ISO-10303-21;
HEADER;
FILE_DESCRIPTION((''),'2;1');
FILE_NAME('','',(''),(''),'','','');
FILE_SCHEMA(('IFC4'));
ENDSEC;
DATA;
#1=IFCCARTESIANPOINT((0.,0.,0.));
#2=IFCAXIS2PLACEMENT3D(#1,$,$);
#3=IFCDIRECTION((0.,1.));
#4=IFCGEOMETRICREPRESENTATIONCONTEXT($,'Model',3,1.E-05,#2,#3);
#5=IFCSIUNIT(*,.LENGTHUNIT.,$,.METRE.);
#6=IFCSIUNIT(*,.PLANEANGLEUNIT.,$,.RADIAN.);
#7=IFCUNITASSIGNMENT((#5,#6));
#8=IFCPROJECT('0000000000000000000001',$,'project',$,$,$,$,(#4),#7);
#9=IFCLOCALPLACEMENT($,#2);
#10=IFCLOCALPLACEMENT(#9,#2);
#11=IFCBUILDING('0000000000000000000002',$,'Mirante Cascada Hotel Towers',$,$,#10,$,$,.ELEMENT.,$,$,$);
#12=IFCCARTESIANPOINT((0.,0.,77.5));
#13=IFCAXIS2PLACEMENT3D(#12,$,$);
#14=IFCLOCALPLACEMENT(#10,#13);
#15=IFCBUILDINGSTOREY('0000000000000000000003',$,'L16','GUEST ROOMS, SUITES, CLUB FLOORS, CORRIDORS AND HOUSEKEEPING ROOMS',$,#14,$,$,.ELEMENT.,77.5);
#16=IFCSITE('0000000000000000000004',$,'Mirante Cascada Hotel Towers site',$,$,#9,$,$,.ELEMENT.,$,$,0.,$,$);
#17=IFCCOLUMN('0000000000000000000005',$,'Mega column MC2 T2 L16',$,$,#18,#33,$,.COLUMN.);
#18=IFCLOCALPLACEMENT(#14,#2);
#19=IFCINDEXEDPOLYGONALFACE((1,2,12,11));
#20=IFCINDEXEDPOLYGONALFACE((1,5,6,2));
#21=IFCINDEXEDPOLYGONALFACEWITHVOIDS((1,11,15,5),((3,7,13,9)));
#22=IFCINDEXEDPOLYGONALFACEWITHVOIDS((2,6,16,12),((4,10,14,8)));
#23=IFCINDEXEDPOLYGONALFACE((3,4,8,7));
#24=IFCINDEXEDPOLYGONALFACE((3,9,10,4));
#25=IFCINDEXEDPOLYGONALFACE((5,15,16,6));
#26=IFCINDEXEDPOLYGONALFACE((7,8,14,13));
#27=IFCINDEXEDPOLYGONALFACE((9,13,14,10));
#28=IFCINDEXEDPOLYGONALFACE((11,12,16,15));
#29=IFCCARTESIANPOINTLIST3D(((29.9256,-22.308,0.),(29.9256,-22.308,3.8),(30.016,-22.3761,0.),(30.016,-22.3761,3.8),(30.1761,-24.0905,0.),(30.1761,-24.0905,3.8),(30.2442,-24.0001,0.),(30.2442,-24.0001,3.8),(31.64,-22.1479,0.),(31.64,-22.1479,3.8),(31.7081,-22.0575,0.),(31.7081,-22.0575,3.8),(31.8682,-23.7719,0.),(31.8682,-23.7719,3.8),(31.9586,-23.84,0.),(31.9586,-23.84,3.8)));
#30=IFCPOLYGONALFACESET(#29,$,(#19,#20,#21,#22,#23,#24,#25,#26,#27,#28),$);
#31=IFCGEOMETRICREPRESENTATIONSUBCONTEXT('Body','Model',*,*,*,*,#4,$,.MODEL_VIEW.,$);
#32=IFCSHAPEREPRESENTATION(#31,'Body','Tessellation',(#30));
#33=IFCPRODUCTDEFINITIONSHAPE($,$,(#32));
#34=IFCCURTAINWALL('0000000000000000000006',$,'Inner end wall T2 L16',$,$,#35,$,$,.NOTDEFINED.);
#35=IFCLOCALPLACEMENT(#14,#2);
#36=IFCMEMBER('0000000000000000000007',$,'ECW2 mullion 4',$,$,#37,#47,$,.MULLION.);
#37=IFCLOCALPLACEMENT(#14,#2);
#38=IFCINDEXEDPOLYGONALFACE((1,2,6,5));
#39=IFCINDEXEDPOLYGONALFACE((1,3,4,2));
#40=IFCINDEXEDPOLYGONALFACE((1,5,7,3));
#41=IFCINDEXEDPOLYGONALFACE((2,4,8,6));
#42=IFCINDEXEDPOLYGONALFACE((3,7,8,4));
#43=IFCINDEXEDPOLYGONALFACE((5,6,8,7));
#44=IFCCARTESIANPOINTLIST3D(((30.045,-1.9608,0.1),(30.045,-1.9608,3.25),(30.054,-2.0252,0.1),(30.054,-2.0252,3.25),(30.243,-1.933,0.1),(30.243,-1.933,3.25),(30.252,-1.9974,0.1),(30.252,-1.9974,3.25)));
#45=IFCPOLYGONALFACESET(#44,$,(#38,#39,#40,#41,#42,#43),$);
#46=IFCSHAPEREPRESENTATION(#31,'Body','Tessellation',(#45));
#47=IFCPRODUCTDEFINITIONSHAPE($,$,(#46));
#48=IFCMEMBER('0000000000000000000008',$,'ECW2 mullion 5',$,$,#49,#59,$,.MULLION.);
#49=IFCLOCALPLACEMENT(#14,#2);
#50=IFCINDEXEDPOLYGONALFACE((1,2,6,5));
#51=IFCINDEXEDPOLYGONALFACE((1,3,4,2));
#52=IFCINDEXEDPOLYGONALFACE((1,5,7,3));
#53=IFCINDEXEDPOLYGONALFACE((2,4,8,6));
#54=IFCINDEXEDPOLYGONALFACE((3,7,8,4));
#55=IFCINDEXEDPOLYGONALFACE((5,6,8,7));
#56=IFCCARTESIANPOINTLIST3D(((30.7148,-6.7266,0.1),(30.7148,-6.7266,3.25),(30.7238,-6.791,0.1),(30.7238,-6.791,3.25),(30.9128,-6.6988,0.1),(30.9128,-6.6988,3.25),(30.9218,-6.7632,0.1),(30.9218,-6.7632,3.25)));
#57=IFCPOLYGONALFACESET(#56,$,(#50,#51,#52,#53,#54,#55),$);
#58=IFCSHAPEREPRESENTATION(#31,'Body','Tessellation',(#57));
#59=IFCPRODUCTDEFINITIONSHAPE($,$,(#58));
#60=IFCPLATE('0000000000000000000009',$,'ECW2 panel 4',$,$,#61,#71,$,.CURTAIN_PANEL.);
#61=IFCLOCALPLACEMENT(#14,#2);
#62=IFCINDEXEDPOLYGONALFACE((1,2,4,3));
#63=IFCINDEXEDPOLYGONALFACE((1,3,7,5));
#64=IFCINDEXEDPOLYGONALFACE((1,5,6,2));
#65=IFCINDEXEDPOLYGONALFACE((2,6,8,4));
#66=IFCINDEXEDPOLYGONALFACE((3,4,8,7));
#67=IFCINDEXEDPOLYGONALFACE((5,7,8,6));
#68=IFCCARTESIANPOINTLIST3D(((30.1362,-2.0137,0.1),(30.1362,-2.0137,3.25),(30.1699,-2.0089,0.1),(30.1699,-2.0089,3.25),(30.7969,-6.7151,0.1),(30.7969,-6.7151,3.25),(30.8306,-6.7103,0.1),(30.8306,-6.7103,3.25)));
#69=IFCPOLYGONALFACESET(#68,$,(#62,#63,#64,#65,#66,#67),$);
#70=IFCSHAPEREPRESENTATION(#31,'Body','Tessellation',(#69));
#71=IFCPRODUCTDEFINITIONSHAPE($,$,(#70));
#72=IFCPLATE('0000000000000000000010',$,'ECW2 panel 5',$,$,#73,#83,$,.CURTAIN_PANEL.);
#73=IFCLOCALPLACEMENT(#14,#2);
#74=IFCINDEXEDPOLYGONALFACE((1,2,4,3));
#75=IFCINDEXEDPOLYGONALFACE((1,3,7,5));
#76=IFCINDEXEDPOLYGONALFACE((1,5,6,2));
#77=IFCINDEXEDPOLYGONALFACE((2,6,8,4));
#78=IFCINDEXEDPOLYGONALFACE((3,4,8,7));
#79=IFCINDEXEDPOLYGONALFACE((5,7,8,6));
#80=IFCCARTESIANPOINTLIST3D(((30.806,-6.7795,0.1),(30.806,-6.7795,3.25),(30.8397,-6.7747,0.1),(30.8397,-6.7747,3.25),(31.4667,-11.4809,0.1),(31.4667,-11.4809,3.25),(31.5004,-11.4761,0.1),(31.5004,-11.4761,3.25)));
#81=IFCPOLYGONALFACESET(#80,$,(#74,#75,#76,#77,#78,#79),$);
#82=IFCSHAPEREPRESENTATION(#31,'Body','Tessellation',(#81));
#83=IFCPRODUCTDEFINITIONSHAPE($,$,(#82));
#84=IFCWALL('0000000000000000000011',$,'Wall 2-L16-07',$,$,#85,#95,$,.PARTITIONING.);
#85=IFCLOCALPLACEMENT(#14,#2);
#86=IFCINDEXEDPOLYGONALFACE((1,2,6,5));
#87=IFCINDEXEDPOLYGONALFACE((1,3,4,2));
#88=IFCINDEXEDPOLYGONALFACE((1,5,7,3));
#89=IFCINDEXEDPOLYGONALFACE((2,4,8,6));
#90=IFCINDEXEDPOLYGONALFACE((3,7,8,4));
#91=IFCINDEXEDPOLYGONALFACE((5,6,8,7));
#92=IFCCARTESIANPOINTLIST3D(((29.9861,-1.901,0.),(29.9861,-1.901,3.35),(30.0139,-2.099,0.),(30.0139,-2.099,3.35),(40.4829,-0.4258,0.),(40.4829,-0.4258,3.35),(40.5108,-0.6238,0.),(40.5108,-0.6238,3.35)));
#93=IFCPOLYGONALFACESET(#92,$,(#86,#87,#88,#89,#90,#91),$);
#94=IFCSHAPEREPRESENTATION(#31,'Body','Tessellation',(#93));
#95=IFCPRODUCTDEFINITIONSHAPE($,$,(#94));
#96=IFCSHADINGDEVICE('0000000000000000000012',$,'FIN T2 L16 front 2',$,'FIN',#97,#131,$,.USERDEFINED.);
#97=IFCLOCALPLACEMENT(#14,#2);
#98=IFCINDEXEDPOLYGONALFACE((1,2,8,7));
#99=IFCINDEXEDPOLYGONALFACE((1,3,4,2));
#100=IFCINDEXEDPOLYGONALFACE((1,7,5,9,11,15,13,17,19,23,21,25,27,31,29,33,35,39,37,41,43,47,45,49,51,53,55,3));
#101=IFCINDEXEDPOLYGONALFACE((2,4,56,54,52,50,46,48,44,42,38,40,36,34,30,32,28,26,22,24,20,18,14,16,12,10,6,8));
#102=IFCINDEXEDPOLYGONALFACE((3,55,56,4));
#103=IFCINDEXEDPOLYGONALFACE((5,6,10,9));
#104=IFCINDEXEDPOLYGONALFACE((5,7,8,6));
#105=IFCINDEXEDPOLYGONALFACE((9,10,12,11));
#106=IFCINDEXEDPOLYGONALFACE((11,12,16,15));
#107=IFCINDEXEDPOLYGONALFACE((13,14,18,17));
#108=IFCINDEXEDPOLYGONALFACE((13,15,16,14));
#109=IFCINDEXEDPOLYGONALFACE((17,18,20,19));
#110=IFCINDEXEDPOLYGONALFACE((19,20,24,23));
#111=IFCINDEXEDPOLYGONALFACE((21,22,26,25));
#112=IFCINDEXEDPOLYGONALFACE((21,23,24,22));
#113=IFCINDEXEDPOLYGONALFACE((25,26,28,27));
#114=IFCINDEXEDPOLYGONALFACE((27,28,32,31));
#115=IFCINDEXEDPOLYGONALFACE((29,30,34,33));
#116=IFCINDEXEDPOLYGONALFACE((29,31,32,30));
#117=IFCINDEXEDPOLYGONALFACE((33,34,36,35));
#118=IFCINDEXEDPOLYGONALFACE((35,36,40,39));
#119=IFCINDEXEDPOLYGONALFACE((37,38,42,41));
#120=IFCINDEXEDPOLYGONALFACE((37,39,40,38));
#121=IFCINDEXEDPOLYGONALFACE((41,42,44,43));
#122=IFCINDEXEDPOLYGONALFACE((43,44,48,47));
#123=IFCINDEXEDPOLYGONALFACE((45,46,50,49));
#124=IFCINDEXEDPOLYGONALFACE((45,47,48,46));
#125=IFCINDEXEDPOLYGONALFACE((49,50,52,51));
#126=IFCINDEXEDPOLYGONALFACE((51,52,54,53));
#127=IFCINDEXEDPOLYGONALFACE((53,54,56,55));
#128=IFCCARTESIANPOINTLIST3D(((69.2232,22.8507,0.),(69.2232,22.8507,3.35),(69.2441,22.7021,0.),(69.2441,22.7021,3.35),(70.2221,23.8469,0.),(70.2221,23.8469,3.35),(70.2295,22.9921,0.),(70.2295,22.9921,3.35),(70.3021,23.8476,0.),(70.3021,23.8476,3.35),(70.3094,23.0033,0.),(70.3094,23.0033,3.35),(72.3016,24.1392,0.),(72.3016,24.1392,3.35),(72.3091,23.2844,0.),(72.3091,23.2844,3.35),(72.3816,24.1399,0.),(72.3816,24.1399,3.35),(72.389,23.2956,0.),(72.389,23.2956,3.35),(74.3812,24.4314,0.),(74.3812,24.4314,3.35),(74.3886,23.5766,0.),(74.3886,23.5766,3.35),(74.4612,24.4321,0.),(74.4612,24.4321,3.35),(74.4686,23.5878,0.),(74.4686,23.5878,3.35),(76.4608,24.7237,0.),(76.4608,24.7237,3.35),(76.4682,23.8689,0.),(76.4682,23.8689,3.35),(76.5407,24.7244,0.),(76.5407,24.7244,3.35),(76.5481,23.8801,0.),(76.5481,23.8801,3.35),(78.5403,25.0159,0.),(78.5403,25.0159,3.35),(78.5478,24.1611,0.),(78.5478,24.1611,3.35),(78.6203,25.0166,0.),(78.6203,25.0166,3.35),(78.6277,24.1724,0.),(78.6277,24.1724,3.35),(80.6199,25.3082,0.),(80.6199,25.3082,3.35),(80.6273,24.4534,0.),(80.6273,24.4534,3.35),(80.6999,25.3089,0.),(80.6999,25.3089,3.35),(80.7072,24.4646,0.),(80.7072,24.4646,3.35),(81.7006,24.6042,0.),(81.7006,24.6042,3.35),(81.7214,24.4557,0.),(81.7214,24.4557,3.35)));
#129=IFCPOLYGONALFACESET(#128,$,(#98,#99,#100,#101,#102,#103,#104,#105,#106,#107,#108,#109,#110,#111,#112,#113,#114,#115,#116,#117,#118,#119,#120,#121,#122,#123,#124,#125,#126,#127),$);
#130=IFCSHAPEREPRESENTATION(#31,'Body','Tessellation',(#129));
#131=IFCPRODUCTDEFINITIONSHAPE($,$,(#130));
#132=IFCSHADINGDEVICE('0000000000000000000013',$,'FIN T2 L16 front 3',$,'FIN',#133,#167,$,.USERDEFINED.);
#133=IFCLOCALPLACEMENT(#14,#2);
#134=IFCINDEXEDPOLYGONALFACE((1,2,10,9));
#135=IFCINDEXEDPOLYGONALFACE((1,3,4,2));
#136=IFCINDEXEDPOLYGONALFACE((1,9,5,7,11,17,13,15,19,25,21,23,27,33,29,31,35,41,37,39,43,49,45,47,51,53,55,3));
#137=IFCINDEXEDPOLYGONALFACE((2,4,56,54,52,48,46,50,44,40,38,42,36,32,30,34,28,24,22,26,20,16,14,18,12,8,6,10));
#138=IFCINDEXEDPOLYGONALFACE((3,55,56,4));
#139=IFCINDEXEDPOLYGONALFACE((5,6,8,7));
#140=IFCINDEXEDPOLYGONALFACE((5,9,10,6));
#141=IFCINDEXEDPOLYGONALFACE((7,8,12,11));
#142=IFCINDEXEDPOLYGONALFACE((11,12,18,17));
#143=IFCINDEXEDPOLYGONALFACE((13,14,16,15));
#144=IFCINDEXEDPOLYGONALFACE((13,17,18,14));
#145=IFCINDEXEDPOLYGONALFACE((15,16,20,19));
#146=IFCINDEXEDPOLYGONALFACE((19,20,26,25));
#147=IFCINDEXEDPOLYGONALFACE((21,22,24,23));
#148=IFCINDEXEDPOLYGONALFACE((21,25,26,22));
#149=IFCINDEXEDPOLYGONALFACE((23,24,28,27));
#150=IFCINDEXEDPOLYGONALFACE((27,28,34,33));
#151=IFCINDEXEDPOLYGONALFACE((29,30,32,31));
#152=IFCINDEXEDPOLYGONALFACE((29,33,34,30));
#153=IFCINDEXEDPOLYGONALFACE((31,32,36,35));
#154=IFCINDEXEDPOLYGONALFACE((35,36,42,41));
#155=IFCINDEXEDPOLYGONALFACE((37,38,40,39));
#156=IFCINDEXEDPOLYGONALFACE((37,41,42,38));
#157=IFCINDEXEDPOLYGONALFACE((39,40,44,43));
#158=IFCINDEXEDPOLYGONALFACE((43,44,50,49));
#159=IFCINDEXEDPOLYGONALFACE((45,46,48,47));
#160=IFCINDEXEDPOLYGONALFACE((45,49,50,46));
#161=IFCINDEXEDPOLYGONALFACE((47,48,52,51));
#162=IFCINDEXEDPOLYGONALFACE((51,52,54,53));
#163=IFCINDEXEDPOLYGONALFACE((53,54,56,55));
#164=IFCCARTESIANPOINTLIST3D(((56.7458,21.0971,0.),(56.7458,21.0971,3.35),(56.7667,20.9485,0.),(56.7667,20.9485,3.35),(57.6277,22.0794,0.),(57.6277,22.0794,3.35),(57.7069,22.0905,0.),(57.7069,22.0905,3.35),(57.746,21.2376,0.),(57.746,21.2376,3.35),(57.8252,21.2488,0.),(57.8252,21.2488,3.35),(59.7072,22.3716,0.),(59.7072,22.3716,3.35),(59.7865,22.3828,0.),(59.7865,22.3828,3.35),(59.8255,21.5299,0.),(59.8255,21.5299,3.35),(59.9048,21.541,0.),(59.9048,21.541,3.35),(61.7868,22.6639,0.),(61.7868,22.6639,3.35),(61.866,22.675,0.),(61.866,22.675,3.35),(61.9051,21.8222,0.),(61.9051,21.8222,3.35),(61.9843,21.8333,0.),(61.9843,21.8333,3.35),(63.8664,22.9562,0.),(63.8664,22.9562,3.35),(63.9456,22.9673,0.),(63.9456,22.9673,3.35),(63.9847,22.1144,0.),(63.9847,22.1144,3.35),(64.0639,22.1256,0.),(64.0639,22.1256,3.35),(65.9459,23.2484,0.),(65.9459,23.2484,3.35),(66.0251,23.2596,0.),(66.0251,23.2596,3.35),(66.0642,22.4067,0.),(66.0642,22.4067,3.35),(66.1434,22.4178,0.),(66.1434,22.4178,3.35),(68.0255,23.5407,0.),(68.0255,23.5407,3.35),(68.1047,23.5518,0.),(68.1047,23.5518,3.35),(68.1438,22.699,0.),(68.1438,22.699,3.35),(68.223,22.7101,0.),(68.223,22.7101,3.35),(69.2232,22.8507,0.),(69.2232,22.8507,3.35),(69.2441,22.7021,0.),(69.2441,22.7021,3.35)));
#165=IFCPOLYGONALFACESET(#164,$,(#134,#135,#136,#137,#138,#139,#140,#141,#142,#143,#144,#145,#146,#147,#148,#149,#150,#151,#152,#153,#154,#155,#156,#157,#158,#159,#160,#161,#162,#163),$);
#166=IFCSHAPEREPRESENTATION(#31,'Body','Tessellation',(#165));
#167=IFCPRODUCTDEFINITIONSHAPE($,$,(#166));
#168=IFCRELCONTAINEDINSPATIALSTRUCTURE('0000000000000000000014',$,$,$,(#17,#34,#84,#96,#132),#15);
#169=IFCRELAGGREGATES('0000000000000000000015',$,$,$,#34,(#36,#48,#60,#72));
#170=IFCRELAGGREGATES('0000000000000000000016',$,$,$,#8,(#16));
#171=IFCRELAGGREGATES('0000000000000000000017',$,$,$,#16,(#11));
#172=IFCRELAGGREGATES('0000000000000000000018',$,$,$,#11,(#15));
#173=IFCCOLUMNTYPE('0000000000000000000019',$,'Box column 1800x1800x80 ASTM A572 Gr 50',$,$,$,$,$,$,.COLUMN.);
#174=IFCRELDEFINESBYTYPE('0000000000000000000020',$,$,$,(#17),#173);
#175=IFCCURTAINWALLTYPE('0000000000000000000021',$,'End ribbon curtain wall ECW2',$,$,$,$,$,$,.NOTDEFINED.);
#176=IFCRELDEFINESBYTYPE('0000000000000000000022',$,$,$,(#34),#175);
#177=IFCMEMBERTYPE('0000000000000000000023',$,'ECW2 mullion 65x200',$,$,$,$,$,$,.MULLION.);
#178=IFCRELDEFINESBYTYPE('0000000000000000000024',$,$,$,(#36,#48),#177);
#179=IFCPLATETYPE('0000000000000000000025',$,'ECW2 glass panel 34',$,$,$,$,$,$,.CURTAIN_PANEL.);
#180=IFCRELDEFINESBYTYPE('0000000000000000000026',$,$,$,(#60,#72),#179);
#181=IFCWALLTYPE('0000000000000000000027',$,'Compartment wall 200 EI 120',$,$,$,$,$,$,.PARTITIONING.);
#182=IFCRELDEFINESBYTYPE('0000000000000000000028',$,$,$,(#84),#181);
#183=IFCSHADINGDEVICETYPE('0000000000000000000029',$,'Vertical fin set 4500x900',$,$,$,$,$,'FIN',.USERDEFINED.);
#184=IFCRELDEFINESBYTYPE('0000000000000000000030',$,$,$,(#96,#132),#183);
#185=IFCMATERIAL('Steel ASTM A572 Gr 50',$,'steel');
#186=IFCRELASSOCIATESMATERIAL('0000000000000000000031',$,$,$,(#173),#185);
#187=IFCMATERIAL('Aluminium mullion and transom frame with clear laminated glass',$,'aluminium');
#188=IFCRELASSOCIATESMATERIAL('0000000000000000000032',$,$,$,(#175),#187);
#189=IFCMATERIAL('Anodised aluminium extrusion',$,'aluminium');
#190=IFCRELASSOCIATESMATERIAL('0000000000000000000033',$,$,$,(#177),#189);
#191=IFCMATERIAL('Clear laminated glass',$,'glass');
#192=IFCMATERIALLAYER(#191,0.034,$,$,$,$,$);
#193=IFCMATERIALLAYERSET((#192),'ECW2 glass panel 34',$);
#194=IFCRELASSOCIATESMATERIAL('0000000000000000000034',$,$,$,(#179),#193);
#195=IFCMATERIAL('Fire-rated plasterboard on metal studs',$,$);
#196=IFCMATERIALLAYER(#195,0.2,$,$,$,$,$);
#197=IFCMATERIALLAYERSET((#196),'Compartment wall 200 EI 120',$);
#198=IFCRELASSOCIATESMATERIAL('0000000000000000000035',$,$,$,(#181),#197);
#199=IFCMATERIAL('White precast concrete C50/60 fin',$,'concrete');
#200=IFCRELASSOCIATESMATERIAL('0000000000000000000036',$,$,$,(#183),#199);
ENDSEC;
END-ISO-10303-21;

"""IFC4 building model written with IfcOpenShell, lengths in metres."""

from ifc_helpers import new_model, si_unit, direction, frame, frame_2d, origin, origin_2d, place, context, subcontext, project, spatial, polyline, rectangle, hollow_rectangle, outline, extrude, material, layer, layer_set, material_profile, profile_set, type_object, element, aggregate, save


model = new_model("IFC4")

# Units and contexts
model_context = context("Model", 3, precision=1e-05, world=origin(), true_north=direction((0.0, 1.0)))
body_context = subcontext(model_context, "Body", "Model", "MODEL_VIEW")
ifc_project = project(units=[si_unit("LENGTHUNIT", "METRE"), si_unit("PLANEANGLEUNIT", "RADIAN")], contexts=[model_context])

# Site, building, storey
site_placement = place(None, origin())
site = spatial("IfcSite", under=ifc_project, at=site_placement, Name="Mirante Cascada Hotel Towers site", CompositionType="ELEMENT", RefElevation=0.0)
building_placement = place(site_placement, origin())
building = spatial("IfcBuilding", under=site, at=building_placement, Name="Mirante Cascada Hotel Towers", CompositionType="ELEMENT")
storey_placement = place(building_placement, frame((0.0, 0.0, 77.5)))
storey = spatial("IfcBuildingStorey", under=building, at=storey_placement, Name="L16", Description="GUEST ROOMS, SUITES, CLUB FLOORS, CORRIDORS AND HOUSEKEEPING ROOMS", CompositionType="ELEMENT", Elevation=77.5)

# Column
ifc_material_1 = material(Name="Steel ASTM A572 Gr 50", Category="steel")
ifc_material_profile_1 = material_profile(ifc_material_1, hollow_rectangle(XDim=1.8, YDim=1.8, WallThickness=0.08, at=origin_2d()), Name="Box column 1800x1800x80 ASTM A572 Gr 50")
ifc_profile_set_1 = profile_set([ifc_material_profile_1], Name="Steel ASTM A572 Gr 50")
column_type = type_object("IfcColumnType", Name="Box column 1800x1800x80 ASTM A572 Gr 50", PredefinedType="COLUMN", material=ifc_profile_set_1)
column_placement = place(storey_placement, frame((30.9421, -23.074, 0.0), z_axis=(0.0, 0.0, 1.0), x_axis=(0.990268, 0.139173, 0.0)))
element("IfcColumn", 1, at=column_placement, inside=storey, type_object=column_type, Name="Mega column MC2 T2 L16", PredefinedType="COLUMN", context=body_context, shape_type="SweptSolid", body=[
    extrude(hollow_rectangle(XDim=1.8, YDim=1.8, WallThickness=0.08, at=origin_2d()), origin(), (0.0, 0.0, 1.0), 3.8),
])

# Curtain wall, members, plates
ifc_material_2 = material(Name="Aluminium mullion and transom frame with clear laminated glass", Category="aluminium")
curtain_wall_type = type_object("IfcCurtainWallType", Name="End ribbon curtain wall ECW2", PredefinedType="NOTDEFINED", material=ifc_material_2)
curtain_wall_placement = place(storey_placement, origin())
curtain_wall = element("IfcCurtainWall", 2, at=curtain_wall_placement, inside=storey, type_object=curtain_wall_type, Name="Inner end wall T2 L16", PredefinedType="NOTDEFINED")
ifc_material_3 = material(Name="Anodised aluminium extrusion", Category="aluminium")
ifc_material_profile_2 = material_profile(ifc_material_3, rectangle(XDim=0.2, YDim=0.065, at=origin_2d()), Name="ECW2 MULLION 65x200")
ifc_profile_set_2 = profile_set([ifc_material_profile_2], Name="Anodised aluminium extrusion")
member_type = type_object("IfcMemberType", Name="ECW2 mullion 65x200", PredefinedType="MULLION", material=ifc_profile_set_2)
member_1_placement = place(storey_placement, frame((30.1485, -1.9791, 0.1), z_axis=(0.0, 0.0, 1.0), x_axis=(0.990268, 0.139173, 0.0)))
member_1 = element("IfcMember", 3, at=member_1_placement, type_object=member_type, Name="ECW2 mullion 4", PredefinedType="MULLION", context=body_context, shape_type="SweptSolid", body=[
    extrude(rectangle(XDim=0.2, YDim=0.065, at=origin_2d()), origin(), (0.0, 0.0, 1.0), 3.15),
])
member_2_placement = place(storey_placement, frame((30.8183, -6.7449, 0.1), z_axis=(0.0, 0.0, 1.0), x_axis=(0.990268, 0.139173, 0.0)))
member_2 = element("IfcMember", 4, at=member_2_placement, type_object=member_type, Name="ECW2 mullion 5", PredefinedType="MULLION", context=body_context, shape_type="SweptSolid", body=[
    extrude(rectangle(XDim=0.2, YDim=0.065, at=origin_2d()), origin(), (0.0, 0.0, 1.0), 3.15),
])
ifc_material_4 = material(Name="Clear laminated glass", Category="glass")
ifc_layer_1 = layer(ifc_material_4, 0.034)
ifc_layer_set_1 = layer_set([ifc_layer_1], Name="ECW2 glass panel 34")
plate_type = type_object("IfcPlateType", Name="ECW2 glass panel 34", PredefinedType="CURTAIN_PANEL", material=ifc_layer_set_1)
plate_1_placement = place(storey_placement, frame((30.4834, -4.362, 0.1), z_axis=(0.0, 0.0, 1.0), x_axis=(0.139173, -0.990268, 0.0)))
plate_1 = element("IfcPlate", 5, at=plate_1_placement, type_object=plate_type, Name="ECW2 panel 4", PredefinedType="CURTAIN_PANEL", context=body_context, shape_type="SweptSolid", body=[
    extrude(rectangle(XDim=4.7476, YDim=0.034, at=origin_2d()), origin(), (0.0, 0.0, 1.0), 3.15),
])
plate_2_placement = place(storey_placement, frame((31.1532, -9.1278, 0.1), z_axis=(0.0, 0.0, 1.0), x_axis=(0.139173, -0.990268, 0.0)))
plate_2 = element("IfcPlate", 6, at=plate_2_placement, type_object=plate_type, Name="ECW2 panel 5", PredefinedType="CURTAIN_PANEL", context=body_context, shape_type="SweptSolid", body=[
    extrude(rectangle(XDim=4.7476, YDim=0.034, at=origin_2d()), origin(), (0.0, 0.0, 1.0), 3.15),
])
aggregate(curtain_wall, [member_1, member_2, plate_1, plate_2])

# Wall
ifc_material_5 = material(Name="Fire-rated plasterboard on metal studs")
ifc_layer_2 = layer(ifc_material_5, 0.2)
ifc_layer_set_2 = layer_set([ifc_layer_2], Name="Compartment wall 200 EI 120")
wall_type = type_object("IfcWallType", Name="Compartment wall 200 EI 120", PredefinedType="PARTITIONING", material=ifc_layer_set_2)
wall_placement = place(storey_placement, frame((30.0, -2.0, 0.0), z_axis=(0.0, 0.0, 1.0), x_axis=(0.990268, 0.13917, 0.0)))
element("IfcWall", 7, at=wall_placement, inside=storey, type_object=wall_type, Name="Wall 2-L16-07", PredefinedType="PARTITIONING", context=body_context, shape_type="SweptSolid", body=[
    extrude(rectangle(XDim=10.6, YDim=0.2, at=frame_2d((5.3, 0.0))), origin(), (0.0, 0.0, 1.0), 3.35),
])

# Shading devices
ifc_material_6 = material(Name="White precast concrete C50/60 fin", Category="concrete")
shading_device_type = type_object("IfcShadingDeviceType", Name="Vertical fin set 4500x900", ElementType="FIN", PredefinedType="USERDEFINED", material=ifc_material_6)
shading_device_1_placement = place(storey_placement, origin())
element("IfcShadingDevice", 8, at=shading_device_1_placement, inside=storey, type_object=shading_device_type, Name="FIN T2 L16 front 2", ObjectType="FIN", PredefinedType="USERDEFINED", context=body_context, shape_type="SweptSolid", body=[
    extrude(outline(polyline([(70.3021, 23.8476), (70.3094, 23.0033), (72.3091, 23.2844), (72.3016, 24.1392), (72.3816, 24.1399), (72.389, 23.2956), (74.3886, 23.5766), (74.3812, 24.4314), (74.4612, 24.4321), (74.4686, 23.5878), (76.4682, 23.8689), (76.4608, 24.7237), (76.5407, 24.7244), (76.5481, 23.8801), (78.5478, 24.1611), (78.5403, 25.0159), (78.6203, 25.0166), (78.6277, 24.1724), (80.6273, 24.4534), (80.6199, 25.3082), (80.6999, 25.3089), (80.7072, 24.4646), (81.7006, 24.6042), (81.7214, 24.4557), (69.2441, 22.7021), (69.2232, 22.8507), (70.2295, 22.9921), (70.2221, 23.8469), (70.3021, 23.8476)])), origin(), (0.0, 0.0, 1.0), 3.35),
])
shading_device_2_placement = place(storey_placement, origin())
element("IfcShadingDevice", 9, at=shading_device_2_placement, inside=storey, type_object=shading_device_type, Name="FIN T2 L16 front 3", ObjectType="FIN", PredefinedType="USERDEFINED", context=body_context, shape_type="SweptSolid", body=[
    extrude(outline(polyline([(57.7069, 22.0905), (57.8252, 21.2488), (59.8255, 21.5299), (59.7072, 22.3716), (59.7865, 22.3828), (59.9048, 21.541), (61.9051, 21.8222), (61.7868, 22.6639), (61.866, 22.675), (61.9843, 21.8333), (63.9847, 22.1144), (63.8664, 22.9562), (63.9456, 22.9673), (64.0639, 22.1256), (66.0642, 22.4067), (65.9459, 23.2484), (66.0251, 23.2596), (66.1434, 22.4178), (68.1438, 22.699), (68.0255, 23.5407), (68.1047, 23.5518), (68.223, 22.7101), (69.2232, 22.8507), (69.2441, 22.7021), (56.7667, 20.9485), (56.7458, 21.0971), (57.746, 21.2376), (57.6277, 22.0794), (57.7069, 22.0905)])), origin(), (0.0, 0.0, 1.0), 3.35),
])

save(model, "model.ifc")
